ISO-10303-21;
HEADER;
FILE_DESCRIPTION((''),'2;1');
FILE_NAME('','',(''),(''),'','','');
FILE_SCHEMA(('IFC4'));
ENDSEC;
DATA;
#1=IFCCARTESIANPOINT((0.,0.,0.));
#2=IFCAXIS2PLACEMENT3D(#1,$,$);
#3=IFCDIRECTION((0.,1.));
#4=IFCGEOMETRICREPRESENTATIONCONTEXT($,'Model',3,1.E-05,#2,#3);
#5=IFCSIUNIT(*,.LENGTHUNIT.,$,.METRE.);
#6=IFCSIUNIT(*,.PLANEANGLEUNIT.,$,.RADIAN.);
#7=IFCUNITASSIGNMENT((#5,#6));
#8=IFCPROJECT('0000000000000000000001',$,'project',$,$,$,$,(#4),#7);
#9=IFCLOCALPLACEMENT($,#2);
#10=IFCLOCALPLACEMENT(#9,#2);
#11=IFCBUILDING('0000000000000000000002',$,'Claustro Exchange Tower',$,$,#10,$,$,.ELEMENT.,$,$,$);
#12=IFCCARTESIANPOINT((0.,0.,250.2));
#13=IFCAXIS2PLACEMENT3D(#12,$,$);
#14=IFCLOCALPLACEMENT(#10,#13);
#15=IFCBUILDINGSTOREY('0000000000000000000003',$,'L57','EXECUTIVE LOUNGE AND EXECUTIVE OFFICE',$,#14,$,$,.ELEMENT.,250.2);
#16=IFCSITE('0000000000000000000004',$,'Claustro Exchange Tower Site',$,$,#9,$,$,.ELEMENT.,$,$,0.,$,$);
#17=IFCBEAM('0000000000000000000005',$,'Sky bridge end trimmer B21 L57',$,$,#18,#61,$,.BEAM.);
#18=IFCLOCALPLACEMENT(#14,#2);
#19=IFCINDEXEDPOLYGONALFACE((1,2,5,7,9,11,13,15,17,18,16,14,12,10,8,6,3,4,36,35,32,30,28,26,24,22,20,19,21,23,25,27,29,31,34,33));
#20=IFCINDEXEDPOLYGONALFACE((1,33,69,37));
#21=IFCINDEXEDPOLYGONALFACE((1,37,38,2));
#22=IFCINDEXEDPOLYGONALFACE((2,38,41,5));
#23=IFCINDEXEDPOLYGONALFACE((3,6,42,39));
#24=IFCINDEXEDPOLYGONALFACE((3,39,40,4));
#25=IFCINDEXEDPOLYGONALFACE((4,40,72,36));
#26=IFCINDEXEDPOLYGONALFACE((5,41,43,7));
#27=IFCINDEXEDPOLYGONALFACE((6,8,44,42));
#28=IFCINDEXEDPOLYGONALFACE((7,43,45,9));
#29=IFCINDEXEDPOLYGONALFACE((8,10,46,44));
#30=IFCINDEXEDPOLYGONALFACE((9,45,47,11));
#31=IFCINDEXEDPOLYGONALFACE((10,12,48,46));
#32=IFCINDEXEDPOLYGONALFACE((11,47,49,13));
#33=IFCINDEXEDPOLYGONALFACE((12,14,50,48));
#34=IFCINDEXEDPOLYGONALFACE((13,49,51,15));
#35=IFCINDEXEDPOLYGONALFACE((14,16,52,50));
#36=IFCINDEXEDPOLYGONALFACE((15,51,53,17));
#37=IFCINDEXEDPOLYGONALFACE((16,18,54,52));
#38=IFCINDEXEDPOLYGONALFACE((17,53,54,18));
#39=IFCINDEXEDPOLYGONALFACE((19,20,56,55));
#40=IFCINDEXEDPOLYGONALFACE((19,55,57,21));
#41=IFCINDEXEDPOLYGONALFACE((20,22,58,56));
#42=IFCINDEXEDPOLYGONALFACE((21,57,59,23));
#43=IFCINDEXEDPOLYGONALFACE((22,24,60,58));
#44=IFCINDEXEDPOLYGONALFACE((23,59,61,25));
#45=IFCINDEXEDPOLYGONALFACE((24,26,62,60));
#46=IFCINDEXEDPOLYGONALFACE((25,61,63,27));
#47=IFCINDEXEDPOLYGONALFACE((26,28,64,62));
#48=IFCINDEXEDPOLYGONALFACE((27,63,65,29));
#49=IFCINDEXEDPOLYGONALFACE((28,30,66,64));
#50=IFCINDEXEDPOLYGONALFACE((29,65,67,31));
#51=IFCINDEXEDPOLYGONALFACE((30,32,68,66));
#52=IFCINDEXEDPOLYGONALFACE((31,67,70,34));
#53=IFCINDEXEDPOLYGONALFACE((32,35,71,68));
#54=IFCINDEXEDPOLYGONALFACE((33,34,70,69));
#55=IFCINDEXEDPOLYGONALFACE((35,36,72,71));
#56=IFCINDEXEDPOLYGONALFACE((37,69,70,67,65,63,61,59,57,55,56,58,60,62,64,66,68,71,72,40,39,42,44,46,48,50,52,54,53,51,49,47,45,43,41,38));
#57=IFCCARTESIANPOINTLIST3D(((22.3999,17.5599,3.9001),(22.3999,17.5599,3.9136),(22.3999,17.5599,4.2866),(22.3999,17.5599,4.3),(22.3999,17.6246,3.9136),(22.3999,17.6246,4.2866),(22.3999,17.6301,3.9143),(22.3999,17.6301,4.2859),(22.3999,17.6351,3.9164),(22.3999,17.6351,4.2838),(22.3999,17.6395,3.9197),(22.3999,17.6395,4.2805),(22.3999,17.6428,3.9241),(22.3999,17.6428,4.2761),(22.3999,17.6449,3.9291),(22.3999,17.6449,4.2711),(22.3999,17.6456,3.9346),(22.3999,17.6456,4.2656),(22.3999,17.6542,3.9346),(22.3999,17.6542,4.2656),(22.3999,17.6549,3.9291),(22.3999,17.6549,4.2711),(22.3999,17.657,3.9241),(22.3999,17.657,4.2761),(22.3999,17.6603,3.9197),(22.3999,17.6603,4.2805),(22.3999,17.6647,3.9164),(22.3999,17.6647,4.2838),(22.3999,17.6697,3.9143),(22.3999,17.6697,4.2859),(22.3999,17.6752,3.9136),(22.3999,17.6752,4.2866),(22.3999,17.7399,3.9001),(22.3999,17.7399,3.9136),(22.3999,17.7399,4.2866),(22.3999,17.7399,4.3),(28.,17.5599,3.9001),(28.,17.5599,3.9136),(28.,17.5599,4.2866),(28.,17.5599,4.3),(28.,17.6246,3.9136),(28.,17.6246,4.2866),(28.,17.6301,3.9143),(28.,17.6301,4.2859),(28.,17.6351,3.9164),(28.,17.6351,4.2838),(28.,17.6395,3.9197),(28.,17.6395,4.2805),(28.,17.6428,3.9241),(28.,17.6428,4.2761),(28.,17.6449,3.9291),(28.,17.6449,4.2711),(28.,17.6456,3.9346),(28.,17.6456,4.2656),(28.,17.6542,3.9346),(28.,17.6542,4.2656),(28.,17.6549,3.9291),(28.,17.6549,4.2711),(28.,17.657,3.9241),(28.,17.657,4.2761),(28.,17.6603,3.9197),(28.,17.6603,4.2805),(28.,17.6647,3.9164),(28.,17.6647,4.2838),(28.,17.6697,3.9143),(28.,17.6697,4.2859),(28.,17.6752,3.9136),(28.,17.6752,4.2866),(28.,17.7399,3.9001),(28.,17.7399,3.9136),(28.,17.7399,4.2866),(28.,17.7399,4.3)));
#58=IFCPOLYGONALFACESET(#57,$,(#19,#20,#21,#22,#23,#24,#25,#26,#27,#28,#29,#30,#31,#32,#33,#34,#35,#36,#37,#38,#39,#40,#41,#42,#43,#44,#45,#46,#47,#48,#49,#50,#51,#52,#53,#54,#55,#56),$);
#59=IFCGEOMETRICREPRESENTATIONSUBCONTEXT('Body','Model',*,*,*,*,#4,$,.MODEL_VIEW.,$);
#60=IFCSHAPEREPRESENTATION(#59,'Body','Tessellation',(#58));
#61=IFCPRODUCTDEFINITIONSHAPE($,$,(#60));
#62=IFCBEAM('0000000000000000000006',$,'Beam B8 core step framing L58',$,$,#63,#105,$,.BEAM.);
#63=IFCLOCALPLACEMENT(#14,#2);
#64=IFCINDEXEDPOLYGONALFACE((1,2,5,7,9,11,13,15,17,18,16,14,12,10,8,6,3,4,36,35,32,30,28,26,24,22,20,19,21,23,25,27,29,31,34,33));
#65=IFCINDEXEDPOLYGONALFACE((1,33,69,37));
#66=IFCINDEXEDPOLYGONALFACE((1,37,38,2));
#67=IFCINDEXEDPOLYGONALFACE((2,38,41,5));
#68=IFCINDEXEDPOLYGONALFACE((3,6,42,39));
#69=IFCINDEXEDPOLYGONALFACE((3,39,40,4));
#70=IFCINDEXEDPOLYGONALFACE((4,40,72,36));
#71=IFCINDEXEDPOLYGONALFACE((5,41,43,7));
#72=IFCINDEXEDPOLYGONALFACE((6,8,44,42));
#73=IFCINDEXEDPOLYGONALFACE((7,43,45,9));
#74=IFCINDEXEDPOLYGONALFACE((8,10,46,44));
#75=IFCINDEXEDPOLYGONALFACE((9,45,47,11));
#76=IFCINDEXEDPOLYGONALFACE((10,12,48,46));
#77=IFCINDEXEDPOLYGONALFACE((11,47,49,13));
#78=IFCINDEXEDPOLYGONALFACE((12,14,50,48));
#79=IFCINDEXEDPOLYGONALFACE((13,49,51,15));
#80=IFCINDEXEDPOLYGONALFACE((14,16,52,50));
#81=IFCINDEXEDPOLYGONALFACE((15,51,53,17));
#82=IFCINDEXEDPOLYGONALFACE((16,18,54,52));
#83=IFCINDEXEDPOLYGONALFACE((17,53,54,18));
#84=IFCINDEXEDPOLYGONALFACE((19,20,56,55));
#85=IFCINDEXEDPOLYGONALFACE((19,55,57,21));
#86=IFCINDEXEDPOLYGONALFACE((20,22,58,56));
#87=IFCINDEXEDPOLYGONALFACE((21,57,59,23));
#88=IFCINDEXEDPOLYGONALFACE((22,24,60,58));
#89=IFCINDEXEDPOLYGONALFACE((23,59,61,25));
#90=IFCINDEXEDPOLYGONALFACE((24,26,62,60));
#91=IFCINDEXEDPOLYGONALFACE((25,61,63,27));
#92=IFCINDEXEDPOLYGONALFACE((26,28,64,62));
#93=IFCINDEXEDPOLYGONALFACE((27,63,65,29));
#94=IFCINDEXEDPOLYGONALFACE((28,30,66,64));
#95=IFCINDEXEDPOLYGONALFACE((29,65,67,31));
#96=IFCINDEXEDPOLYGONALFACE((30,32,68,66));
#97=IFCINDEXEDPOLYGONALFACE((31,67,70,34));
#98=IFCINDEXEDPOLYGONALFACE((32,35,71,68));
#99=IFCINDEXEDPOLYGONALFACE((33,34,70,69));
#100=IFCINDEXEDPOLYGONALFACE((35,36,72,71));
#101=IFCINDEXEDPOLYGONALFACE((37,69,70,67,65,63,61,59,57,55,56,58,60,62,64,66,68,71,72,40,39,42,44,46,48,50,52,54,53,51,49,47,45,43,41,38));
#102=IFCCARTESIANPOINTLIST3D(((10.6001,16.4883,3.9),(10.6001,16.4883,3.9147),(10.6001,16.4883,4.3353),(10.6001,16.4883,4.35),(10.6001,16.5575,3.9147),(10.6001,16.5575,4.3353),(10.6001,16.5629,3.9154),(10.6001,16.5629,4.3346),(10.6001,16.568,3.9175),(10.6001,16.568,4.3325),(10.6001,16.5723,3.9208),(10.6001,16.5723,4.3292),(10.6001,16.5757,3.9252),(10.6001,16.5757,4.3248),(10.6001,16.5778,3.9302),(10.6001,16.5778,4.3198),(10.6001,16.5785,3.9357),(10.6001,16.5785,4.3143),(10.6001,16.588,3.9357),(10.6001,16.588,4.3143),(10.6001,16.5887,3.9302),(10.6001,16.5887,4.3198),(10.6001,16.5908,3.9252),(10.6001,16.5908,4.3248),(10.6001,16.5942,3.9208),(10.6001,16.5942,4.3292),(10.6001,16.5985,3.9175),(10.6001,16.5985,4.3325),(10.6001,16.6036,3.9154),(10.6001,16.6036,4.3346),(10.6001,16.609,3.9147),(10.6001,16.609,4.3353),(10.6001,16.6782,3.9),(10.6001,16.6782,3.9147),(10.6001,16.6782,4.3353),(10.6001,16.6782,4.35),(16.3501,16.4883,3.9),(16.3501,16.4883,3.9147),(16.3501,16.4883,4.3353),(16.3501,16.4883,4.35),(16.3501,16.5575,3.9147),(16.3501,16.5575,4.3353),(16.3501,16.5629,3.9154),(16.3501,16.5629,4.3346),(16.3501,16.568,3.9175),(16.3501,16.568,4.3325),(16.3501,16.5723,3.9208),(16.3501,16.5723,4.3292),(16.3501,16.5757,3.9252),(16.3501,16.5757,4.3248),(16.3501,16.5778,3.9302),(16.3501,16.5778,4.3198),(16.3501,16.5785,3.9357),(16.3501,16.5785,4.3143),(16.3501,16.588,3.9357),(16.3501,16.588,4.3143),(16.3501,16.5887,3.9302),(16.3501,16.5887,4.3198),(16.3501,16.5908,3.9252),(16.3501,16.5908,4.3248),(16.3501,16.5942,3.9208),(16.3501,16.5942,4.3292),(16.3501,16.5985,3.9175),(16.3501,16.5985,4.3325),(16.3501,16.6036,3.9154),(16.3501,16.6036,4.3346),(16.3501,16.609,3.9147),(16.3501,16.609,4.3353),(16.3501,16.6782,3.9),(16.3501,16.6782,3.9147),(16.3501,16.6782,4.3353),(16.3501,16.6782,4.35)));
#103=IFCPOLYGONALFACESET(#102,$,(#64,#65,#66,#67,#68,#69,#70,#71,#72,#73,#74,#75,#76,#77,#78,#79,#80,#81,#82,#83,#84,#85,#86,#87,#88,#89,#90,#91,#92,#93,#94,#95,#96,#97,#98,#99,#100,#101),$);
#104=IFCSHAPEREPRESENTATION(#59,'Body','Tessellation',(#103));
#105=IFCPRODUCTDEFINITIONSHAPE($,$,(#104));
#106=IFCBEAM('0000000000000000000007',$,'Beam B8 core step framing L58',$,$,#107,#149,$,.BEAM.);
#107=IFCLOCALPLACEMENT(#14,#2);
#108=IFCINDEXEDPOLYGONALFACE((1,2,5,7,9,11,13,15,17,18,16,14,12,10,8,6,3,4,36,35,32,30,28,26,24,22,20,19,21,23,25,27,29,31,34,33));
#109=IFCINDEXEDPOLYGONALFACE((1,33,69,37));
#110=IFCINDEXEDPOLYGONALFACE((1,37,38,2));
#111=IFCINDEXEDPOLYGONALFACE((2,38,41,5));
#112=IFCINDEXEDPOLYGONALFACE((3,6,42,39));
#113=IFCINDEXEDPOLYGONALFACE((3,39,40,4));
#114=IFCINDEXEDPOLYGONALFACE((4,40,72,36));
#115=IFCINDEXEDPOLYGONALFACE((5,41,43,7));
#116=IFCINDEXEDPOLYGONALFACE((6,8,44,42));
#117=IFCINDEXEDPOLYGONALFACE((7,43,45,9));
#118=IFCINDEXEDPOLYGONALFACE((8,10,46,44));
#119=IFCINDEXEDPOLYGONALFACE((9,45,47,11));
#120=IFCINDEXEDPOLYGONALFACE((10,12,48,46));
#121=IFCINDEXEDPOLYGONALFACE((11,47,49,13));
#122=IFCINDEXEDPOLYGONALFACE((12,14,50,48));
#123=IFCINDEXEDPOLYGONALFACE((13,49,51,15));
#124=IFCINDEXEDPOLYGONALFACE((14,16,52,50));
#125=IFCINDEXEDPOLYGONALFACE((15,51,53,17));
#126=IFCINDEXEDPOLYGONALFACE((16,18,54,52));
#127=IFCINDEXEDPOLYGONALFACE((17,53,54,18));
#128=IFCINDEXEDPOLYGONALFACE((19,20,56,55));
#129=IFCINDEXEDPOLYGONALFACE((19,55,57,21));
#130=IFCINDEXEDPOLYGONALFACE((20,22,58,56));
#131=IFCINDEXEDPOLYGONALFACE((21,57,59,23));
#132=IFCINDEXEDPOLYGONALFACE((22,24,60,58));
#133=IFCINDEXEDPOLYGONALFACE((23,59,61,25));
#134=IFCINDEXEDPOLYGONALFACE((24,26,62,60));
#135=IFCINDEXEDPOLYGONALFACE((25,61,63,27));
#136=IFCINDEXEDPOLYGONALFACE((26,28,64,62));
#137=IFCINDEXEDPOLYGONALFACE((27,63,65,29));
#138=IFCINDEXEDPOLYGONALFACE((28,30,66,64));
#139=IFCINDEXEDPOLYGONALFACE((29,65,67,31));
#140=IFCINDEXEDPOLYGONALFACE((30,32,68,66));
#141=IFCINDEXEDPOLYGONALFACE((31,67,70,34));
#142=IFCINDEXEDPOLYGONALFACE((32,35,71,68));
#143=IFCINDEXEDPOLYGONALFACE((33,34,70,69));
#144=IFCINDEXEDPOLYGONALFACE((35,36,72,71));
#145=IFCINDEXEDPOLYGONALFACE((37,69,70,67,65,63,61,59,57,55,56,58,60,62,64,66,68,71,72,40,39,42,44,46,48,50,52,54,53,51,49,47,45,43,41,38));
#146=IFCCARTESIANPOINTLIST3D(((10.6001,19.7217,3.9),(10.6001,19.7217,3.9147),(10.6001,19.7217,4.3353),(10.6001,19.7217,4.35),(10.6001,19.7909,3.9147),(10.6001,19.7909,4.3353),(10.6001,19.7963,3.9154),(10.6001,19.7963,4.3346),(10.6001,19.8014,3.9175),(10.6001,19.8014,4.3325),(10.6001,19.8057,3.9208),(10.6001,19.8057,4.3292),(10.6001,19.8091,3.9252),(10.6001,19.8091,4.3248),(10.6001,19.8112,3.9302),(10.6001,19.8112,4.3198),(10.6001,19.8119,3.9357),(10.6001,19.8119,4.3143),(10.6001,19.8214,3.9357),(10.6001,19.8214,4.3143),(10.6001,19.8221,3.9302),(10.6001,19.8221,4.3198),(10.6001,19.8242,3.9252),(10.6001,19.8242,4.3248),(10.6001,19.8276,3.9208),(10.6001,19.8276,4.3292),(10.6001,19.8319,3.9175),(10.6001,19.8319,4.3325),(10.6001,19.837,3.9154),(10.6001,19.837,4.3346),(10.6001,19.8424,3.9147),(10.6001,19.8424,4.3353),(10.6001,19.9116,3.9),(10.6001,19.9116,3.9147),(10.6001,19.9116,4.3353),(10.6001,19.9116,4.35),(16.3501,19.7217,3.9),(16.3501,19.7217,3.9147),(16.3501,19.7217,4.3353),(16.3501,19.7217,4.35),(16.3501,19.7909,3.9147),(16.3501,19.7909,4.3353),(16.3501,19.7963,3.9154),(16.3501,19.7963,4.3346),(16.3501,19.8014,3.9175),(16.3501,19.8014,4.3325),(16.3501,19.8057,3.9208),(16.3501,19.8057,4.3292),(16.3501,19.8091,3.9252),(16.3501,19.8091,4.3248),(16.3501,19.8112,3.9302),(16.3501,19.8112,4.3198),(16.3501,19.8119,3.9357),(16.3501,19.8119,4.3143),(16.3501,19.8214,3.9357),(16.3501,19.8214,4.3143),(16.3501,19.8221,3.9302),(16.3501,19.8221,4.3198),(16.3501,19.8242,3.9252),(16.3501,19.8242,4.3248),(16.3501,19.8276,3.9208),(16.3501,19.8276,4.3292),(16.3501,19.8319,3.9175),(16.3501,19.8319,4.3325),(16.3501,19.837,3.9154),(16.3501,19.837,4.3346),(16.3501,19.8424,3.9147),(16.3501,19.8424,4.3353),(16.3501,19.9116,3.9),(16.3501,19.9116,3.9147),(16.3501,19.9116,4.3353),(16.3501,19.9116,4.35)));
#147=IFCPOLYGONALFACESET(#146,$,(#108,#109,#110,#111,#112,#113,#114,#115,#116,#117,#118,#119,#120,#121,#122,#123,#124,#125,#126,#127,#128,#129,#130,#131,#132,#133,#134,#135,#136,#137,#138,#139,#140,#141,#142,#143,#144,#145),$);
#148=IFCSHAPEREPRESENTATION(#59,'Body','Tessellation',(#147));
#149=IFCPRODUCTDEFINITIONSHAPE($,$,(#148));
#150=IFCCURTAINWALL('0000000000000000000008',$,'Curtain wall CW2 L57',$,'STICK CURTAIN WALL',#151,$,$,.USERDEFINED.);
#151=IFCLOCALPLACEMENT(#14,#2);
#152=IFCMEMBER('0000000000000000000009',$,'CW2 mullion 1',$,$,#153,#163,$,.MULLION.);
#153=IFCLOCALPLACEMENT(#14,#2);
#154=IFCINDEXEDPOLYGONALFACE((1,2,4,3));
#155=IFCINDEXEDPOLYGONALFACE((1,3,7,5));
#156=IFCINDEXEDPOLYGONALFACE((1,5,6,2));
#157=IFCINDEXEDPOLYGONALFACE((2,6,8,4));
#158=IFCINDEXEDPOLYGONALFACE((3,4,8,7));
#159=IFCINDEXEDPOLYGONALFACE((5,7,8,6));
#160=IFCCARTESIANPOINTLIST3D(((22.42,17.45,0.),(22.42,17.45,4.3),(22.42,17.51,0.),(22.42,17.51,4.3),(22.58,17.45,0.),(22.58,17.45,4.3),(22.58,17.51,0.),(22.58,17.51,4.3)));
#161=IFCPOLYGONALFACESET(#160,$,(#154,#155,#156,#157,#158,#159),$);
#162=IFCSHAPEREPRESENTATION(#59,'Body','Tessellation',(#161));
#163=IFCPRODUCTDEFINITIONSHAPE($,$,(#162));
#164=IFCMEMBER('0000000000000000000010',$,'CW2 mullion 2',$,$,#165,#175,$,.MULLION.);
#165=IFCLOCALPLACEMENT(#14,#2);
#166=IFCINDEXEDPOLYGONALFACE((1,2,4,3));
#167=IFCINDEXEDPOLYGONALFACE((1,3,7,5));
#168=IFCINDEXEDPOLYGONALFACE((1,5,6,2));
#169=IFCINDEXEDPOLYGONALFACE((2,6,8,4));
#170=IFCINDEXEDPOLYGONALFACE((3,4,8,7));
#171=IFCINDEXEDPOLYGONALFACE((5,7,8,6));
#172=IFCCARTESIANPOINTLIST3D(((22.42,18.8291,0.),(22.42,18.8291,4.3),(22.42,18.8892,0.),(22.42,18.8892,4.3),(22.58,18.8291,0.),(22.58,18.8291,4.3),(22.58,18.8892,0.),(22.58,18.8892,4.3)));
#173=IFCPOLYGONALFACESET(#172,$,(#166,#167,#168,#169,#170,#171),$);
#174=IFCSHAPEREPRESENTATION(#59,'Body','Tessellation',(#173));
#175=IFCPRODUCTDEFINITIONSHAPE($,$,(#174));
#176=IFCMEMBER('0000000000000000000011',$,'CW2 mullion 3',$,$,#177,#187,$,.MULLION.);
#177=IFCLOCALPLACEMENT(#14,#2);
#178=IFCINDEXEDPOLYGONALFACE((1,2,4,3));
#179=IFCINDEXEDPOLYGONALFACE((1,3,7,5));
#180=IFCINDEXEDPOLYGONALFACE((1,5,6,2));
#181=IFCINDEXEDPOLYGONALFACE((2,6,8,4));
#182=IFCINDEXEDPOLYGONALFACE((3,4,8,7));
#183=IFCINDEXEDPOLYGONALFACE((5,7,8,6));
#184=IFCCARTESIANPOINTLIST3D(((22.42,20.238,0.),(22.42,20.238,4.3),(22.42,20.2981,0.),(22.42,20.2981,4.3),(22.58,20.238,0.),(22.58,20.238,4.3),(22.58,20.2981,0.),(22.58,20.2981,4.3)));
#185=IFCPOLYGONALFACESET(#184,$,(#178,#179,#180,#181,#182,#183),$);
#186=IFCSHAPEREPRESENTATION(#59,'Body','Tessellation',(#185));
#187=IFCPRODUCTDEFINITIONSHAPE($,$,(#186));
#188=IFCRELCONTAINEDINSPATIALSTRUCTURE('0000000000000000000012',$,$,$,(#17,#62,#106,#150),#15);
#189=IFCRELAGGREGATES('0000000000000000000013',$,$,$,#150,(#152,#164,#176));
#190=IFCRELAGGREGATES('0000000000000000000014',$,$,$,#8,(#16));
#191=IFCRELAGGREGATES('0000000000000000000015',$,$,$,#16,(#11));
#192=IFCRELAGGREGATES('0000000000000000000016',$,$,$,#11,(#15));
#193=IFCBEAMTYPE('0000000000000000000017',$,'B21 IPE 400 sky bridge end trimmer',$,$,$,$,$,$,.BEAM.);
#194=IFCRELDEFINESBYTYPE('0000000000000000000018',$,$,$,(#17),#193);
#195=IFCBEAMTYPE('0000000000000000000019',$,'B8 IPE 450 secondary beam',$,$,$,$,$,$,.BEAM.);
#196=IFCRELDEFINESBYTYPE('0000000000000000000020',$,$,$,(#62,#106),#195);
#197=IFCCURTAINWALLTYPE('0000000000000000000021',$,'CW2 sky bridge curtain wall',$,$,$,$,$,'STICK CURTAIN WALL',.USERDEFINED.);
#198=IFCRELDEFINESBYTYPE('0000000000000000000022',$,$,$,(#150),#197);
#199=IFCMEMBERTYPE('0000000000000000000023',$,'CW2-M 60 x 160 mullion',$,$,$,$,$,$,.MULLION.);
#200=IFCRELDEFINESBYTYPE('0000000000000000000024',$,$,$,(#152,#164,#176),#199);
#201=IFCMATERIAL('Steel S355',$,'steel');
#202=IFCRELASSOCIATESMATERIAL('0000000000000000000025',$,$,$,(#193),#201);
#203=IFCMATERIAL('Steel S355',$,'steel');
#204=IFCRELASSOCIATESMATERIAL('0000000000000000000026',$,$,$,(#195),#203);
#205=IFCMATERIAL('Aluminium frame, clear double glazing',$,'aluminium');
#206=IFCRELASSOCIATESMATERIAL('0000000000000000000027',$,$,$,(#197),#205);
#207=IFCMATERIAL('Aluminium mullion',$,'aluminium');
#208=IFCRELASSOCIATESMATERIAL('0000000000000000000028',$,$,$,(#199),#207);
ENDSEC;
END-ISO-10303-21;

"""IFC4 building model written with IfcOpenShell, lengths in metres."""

from ifc_helpers import new_model, si_unit, direction, frame, origin, origin_2d, place, context, subcontext, project, spatial, rectangle, i_section, extrude, material, material_profile, profile_set, type_object, element, aggregate, save


model = new_model("IFC4")

# Units and contexts
model_context = context("Model", 3, precision=1e-05, world=origin(), true_north=direction((0.0, 1.0)))
body_context = subcontext(model_context, "Body", "Model", "MODEL_VIEW")
ifc_project = project(units=[si_unit("LENGTHUNIT", "METRE"), si_unit("PLANEANGLEUNIT", "RADIAN")], contexts=[model_context])

# Site, building, storey
site_placement = place(None, origin())
site = spatial("IfcSite", under=ifc_project, at=site_placement, Name="Claustro Exchange Tower Site", CompositionType="ELEMENT", RefElevation=0.0)
building_placement = place(site_placement, origin())
building = spatial("IfcBuilding", under=site, at=building_placement, Name="Claustro Exchange Tower", CompositionType="ELEMENT")
storey_placement = place(building_placement, frame((0.0, 0.0, 250.2)))
storey = spatial("IfcBuildingStorey", under=building, at=storey_placement, Name="L57", Description="EXECUTIVE LOUNGE AND EXECUTIVE OFFICE", CompositionType="ELEMENT", Elevation=250.2)

# Beams
ifc_material_1 = material(Name="Steel S355", Category="steel")
ifc_material_profile_1 = material_profile(ifc_material_1, i_section(OverallWidth=0.1799, OverallDepth=0.3999, WebThickness=0.0085, FlangeThickness=0.0134, FilletRadius=0.021, at=origin_2d()), Name="IPE 400")
ifc_profile_set_1 = profile_set([ifc_material_profile_1], Name="Steel S355")
beam_type_1 = type_object("IfcBeamType", Name="B21 IPE 400 sky bridge end trimmer", PredefinedType="BEAM", material=ifc_profile_set_1)
beam_1_placement = place(storey_placement, frame((22.3999, 17.6499, 4.1001), z_axis=(1.0, 0.0, 0.0), x_axis=(0.0, 1.0, 0.0)))
element("IfcBeam", 1, at=beam_1_placement, inside=storey, type_object=beam_type_1, Name="Sky bridge end trimmer B21 L57", PredefinedType="BEAM", context=body_context, shape_type="SweptSolid", body=[
    extrude(i_section(OverallWidth=0.1799, OverallDepth=0.3999, WebThickness=0.0085, FlangeThickness=0.0134, FilletRadius=0.021, at=origin_2d()), origin(), (0.0, 0.0, 1.0), 5.6001),
])
ifc_material_2 = material(Name="Steel S355", Category="steel")
ifc_material_profile_2 = material_profile(ifc_material_2, i_section(OverallWidth=0.1899, OverallDepth=0.45, WebThickness=0.0095, FlangeThickness=0.0146, FilletRadius=0.021, at=origin_2d()), Name="IPE 450")
ifc_profile_set_2 = profile_set([ifc_material_profile_2], Name="Steel S355")
beam_type_2 = type_object("IfcBeamType", Name="B8 IPE 450 secondary beam", PredefinedType="BEAM", material=ifc_profile_set_2)
for number, where, z_axis, x_axis, name in (
    (2, (10.6001, 16.5833, 4.125), (1.0, 0.0, 0.0), (0.0, 1.0, 0.0), "Beam B8 core step framing L58"),
    (3, (10.6001, 19.8167, 4.125), (1.0, 0.0, 0.0), (0.0, 1.0, 0.0), "Beam B8 core step framing L58"),
):
    element("IfcBeam", number, at=place(storey_placement, frame(where, z_axis=z_axis, x_axis=x_axis)), inside=storey, type_object=beam_type_2, Name=name, PredefinedType="BEAM", context=body_context, shape_type="SweptSolid", body=[
        extrude(i_section(OverallWidth=0.1899, OverallDepth=0.45, WebThickness=0.0095, FlangeThickness=0.0146, FilletRadius=0.021, at=origin_2d()), origin(), (0.0, 0.0, 1.0), 5.75),
    ])

# Curtain wall, members
ifc_material_3 = material(Name="Aluminium frame, clear double glazing", Category="aluminium")
curtain_wall_type = type_object("IfcCurtainWallType", Name="CW2 sky bridge curtain wall", ElementType="STICK CURTAIN WALL", PredefinedType="USERDEFINED", material=ifc_material_3)
curtain_wall_placement = place(storey_placement, origin())
curtain_wall = element("IfcCurtainWall", 4, at=curtain_wall_placement, inside=storey, type_object=curtain_wall_type, Name="Curtain wall CW2 L57", ObjectType="STICK CURTAIN WALL", PredefinedType="USERDEFINED")
ifc_material_4 = material(Name="Aluminium mullion", Category="aluminium")
ifc_material_profile_3 = material_profile(ifc_material_4, rectangle(XDim=0.1599, YDim=0.0601, at=origin_2d()), Name="CW2-M 60x160")
ifc_profile_set_3 = profile_set([ifc_material_profile_3], Name="Aluminium mullion")
member_type_1 = type_object("IfcMemberType", Name="CW2-M 60 x 160 mullion", PredefinedType="MULLION", material=ifc_profile_set_3)
member_1_placement = place(storey_placement, frame((22.5, 17.48, 0.0), z_axis=(0.0, 0.0, 1.0), x_axis=(-1.0, 0.0, 0.0)))
member_1 = element("IfcMember", 5, at=member_1_placement, type_object=member_type_1, Name="CW2 mullion 1", PredefinedType="MULLION", context=body_context, shape_type="SweptSolid", body=[
    extrude(rectangle(XDim=0.1599, YDim=0.0601, at=origin_2d()), origin(), (0.0, 0.0, 1.0), 4.3),
])
member_2_placement = place(storey_placement, frame((22.5, 18.8591, 0.0), z_axis=(0.0, 0.0, 1.0), x_axis=(-1.0, 0.0, 0.0)))
member_2 = element("IfcMember", 6, at=member_2_placement, type_object=member_type_1, Name="CW2 mullion 2", PredefinedType="MULLION", context=body_context, shape_type="SweptSolid", body=[
    extrude(rectangle(XDim=0.1599, YDim=0.0601, at=origin_2d()), origin(), (0.0, 0.0, 1.0), 4.3),
])
member_3_placement = place(storey_placement, frame((22.5, 20.2681, 0.0), z_axis=(0.0, 0.0, 1.0), x_axis=(-1.0, 0.0, 0.0)))
member_3 = element("IfcMember", 7, at=member_3_placement, type_object=member_type_1, Name="CW2 mullion 3", PredefinedType="MULLION", context=body_context, shape_type="SweptSolid", body=[
    extrude(rectangle(XDim=0.1599, YDim=0.0601, at=origin_2d()), origin(), (0.0, 0.0, 1.0), 4.3),
])
aggregate(curtain_wall, [member_1, member_2, member_3])

save(model, "model.ifc")
